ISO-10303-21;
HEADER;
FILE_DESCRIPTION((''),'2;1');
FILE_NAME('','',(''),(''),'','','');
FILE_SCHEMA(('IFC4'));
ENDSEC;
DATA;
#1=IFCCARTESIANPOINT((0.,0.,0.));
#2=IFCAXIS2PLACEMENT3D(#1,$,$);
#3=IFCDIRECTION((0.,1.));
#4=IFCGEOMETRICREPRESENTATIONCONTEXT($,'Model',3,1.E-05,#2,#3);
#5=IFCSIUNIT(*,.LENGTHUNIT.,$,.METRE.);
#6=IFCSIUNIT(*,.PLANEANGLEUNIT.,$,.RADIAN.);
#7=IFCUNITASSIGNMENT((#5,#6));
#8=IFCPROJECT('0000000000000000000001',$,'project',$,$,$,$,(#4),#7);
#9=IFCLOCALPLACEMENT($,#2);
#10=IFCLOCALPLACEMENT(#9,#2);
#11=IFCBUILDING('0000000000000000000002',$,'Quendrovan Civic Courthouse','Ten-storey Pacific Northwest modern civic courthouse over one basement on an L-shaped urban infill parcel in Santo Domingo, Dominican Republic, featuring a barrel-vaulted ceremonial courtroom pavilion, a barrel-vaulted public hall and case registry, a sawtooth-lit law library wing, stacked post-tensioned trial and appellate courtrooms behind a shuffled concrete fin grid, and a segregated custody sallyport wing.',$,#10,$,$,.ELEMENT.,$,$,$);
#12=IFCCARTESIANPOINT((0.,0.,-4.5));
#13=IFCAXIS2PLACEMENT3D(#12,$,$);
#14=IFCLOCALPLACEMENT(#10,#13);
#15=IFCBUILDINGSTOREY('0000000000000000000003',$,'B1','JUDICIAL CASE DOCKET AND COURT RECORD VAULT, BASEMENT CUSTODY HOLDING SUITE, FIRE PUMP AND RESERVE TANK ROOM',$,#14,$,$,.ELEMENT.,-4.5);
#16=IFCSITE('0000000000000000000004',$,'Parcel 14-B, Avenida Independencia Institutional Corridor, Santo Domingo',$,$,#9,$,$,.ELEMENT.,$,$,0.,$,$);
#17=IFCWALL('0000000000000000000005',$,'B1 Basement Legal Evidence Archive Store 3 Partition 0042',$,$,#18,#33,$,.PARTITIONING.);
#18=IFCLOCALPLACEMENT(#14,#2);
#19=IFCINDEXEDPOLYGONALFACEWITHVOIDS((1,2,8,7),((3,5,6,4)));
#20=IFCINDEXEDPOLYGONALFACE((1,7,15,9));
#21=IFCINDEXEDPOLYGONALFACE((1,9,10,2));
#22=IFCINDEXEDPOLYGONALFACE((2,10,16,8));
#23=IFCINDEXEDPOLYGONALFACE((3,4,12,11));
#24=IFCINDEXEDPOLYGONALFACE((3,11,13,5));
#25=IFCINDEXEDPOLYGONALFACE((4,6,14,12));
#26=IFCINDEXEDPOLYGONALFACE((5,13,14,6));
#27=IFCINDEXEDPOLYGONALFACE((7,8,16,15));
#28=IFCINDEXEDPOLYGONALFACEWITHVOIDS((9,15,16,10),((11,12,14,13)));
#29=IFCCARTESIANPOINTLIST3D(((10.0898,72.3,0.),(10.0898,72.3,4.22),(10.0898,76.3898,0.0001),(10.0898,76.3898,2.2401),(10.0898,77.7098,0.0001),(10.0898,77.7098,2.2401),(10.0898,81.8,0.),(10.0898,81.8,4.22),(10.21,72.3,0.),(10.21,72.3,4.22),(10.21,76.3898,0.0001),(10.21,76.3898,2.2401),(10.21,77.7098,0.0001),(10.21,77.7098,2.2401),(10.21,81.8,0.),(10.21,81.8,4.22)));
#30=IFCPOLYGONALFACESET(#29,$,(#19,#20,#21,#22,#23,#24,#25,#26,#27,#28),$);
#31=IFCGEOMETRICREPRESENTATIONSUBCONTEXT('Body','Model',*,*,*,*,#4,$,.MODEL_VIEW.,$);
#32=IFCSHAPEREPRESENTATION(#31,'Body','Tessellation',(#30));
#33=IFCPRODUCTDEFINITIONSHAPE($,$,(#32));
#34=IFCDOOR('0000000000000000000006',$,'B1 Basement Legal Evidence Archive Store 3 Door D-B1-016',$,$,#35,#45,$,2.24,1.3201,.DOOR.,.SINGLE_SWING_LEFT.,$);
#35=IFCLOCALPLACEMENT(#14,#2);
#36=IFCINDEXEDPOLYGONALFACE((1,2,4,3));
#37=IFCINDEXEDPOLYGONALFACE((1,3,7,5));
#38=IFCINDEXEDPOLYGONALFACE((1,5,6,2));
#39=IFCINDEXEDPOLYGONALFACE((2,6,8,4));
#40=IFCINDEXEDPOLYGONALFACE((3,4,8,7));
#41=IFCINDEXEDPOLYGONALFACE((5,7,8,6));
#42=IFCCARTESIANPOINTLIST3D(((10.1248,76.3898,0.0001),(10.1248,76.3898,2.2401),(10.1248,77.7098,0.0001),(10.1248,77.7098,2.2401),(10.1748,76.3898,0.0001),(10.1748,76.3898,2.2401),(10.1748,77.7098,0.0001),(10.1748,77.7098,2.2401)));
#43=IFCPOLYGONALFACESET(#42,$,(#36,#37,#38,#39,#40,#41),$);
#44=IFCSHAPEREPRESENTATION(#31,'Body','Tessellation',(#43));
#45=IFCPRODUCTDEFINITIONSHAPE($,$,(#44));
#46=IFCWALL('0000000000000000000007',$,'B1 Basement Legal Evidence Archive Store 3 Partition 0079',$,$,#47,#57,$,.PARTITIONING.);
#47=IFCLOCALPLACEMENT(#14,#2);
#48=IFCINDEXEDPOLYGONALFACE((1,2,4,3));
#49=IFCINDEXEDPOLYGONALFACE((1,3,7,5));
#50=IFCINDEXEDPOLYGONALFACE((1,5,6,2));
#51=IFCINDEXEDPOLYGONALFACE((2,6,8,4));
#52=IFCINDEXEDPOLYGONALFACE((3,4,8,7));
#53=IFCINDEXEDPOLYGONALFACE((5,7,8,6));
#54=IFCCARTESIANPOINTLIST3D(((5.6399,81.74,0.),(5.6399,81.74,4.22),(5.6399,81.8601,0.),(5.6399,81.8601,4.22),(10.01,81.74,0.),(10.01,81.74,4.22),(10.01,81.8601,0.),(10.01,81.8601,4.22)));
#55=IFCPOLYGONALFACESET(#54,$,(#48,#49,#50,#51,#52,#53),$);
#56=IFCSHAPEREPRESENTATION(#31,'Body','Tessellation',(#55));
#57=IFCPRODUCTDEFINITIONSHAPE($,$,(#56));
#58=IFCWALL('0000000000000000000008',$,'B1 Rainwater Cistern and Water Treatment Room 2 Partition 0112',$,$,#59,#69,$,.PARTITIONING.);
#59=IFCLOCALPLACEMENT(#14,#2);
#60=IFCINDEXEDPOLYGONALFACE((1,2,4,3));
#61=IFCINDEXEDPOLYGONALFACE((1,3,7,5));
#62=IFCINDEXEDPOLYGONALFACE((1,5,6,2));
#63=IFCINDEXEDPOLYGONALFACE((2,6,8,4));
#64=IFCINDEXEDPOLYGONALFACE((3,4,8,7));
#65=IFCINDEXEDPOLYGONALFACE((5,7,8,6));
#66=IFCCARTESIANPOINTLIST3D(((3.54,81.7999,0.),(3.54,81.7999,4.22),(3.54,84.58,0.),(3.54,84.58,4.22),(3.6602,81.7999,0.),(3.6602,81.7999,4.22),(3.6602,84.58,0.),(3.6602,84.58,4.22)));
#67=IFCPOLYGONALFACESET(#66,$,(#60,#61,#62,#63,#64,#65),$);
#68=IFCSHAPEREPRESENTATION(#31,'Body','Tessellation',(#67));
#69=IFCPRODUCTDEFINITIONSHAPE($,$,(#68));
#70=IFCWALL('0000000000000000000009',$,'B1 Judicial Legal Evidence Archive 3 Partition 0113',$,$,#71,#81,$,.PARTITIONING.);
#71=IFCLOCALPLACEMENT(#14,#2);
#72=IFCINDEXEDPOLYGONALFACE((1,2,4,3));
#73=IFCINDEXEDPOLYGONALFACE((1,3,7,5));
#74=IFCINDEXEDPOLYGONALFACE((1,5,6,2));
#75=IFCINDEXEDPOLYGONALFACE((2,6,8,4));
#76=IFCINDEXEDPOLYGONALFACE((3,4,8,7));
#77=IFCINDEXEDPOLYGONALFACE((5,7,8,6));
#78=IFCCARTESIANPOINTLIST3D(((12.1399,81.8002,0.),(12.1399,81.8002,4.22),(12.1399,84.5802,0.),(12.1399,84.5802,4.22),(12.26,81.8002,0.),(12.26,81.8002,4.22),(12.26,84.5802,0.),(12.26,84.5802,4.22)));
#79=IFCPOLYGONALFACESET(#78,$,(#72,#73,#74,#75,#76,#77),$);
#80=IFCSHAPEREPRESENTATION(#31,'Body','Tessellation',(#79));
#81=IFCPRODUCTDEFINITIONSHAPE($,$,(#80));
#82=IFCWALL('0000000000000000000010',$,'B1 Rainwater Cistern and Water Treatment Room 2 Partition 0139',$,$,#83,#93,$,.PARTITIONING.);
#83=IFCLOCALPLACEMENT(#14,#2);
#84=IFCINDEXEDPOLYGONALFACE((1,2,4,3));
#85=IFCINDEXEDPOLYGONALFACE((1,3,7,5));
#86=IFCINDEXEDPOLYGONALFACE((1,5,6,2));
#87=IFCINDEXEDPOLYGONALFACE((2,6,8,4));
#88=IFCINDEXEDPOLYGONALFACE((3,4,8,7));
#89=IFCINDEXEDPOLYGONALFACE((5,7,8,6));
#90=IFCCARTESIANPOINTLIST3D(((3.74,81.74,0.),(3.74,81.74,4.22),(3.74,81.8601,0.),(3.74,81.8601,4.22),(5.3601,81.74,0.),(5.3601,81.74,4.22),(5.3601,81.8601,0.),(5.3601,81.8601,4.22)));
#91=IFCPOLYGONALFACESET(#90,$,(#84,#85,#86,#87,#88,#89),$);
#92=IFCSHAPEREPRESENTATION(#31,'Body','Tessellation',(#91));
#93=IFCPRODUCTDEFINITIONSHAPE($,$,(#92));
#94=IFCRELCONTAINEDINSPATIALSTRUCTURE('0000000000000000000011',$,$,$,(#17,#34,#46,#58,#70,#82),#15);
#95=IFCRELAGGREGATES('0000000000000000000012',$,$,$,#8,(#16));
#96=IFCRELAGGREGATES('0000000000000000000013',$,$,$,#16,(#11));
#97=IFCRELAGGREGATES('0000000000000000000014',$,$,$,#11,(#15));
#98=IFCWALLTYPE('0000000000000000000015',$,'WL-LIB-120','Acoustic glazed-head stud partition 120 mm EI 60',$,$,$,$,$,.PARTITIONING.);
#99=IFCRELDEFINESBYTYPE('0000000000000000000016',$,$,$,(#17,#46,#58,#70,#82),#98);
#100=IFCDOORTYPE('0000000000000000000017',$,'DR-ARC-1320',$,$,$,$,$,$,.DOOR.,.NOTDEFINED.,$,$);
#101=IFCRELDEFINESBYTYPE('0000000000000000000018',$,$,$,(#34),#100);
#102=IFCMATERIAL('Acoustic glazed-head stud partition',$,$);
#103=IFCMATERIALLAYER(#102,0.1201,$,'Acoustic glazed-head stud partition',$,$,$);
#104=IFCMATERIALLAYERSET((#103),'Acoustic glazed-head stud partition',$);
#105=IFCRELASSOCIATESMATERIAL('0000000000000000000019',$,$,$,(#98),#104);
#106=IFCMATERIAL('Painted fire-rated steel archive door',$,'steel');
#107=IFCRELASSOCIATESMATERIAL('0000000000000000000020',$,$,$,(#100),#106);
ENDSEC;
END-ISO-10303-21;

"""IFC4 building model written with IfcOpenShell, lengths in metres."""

from ifc_helpers import new_model, si_unit, direction, frame, frame_2d, origin, place, context, subcontext, project, spatial, rectangle, extrude, material, layer, layer_set, type_object, element, fill, save


model = new_model("IFC4")

# Units and contexts
model_context = context("Model", 3, precision=1e-05, world=origin(), true_north=direction((0.0, 1.0)))
body_context = subcontext(model_context, "Body", "Model", "MODEL_VIEW")
ifc_project = project(units=[si_unit("LENGTHUNIT", "METRE"), si_unit("PLANEANGLEUNIT", "RADIAN")], contexts=[model_context])

# Site, building, storey
site_placement = place(None, origin())
site = spatial("IfcSite", under=ifc_project, at=site_placement, Name="Parcel 14-B, Avenida Independencia Institutional Corridor, Santo Domingo", CompositionType="ELEMENT", RefElevation=0.0)
building_placement = place(site_placement, origin())
building = spatial("IfcBuilding", under=site, at=building_placement, Name="Quendrovan Civic Courthouse", Description="Ten-storey Pacific Northwest modern civic courthouse over one basement on an L-shaped urban infill parcel in Santo Domingo, Dominican Republic, featuring a barrel-vaulted ceremonial courtroom pavilion, a barrel-vaulted public hall and case registry, a sawtooth-lit law library wing, stacked post-tensioned trial and appellate courtrooms behind a shuffled concrete fin grid, and a segregated custody sallyport wing.", CompositionType="ELEMENT")
storey_placement = place(building_placement, frame((0.0, 0.0, -4.5)))
storey = spatial("IfcBuildingStorey", under=building, at=storey_placement, Name="B1", Description="JUDICIAL CASE DOCKET AND COURT RECORD VAULT, BASEMENT CUSTODY HOLDING SUITE, FIRE PUMP AND RESERVE TANK ROOM", CompositionType="ELEMENT", Elevation=-4.5)

# Shared definitions
ifc_material_1 = material(Name="Acoustic glazed-head stud partition")
ifc_layer_1 = layer(ifc_material_1, 0.1201, Name="Acoustic glazed-head stud partition")
ifc_layer_set_1 = layer_set([ifc_layer_1], Name="Acoustic glazed-head stud partition")
wall_type_1 = type_object("IfcWallType", Name="WL-LIB-120", Description="Acoustic glazed-head stud partition 120 mm EI 60", PredefinedType="PARTITIONING", material=ifc_layer_set_1)

# Wall, opening, door
wall_1_placement = place(storey_placement, frame((10.1499, 81.8, 0.0), z_axis=(0.0, 0.0, 1.0), x_axis=(0.0, -1.0, 0.0)))
wall_1 = element("IfcWall", 1, at=wall_1_placement, inside=storey, type_object=wall_type_1, Name="B1 Basement Legal Evidence Archive Store 3 Partition 0042", PredefinedType="PARTITIONING", context=body_context, shape_type="SweptSolid", body=[
    extrude(rectangle(XDim=9.5, YDim=0.1201, at=frame_2d((4.75, 0.0))), origin(), (0.0, 0.0, 1.0), 4.22),
])
opening_1_placement = place(wall_1_placement, frame((4.0901, 0.0, 0.0)))
opening_1 = element("IfcOpeningElement", 2, at=opening_1_placement, cuts=wall_1, PredefinedType="OPENING", context=body_context, shape_type="SweptSolid", body=[
    extrude(rectangle(XDim=1.3201, YDim=2.24, at=frame_2d((0.6602, 1.1201))), frame((0.0, 0.0701, 0.0), z_axis=(0.0, -1.0, 0.0), x_axis=(1.0, 0.0, 0.0)), (0.0, 0.0, 1.0), 0.1401),
])
ifc_material_2 = material(Name="Painted fire-rated steel archive door", Category="steel")
door_type_1 = type_object("IfcDoorType", Name="DR-ARC-1320", OperationType="NOTDEFINED", PredefinedType="DOOR", material=ifc_material_2)
door_1_placement = place(opening_1_placement, origin())
door_1 = element("IfcDoor", 3, at=door_1_placement, inside=storey, type_object=door_type_1, Name="B1 Basement Legal Evidence Archive Store 3 Door D-B1-016", OperationType="SINGLE_SWING_LEFT", OverallHeight=2.24, OverallWidth=1.3201, PredefinedType="DOOR", context=body_context, shape_type="SweptSolid", body=[
    extrude(rectangle(XDim=1.3201, YDim=2.24, at=frame_2d((0.6602, 1.1201))), frame((0.0, 0.0249, 0.0), z_axis=(0.0, -1.0, 0.0), x_axis=(1.0, 0.0, 0.0)), (0.0, 0.0, 1.0), 0.05),
])
fill(opening_1, door_1)

# Walls
wall_2_placement = place(storey_placement, frame((5.6399, 81.8, 0.0), z_axis=(0.0, 0.0, 1.0), x_axis=(1.0, 0.0, 0.0)))
element("IfcWall", 4, at=wall_2_placement, inside=storey, type_object=wall_type_1, Name="B1 Basement Legal Evidence Archive Store 3 Partition 0079", PredefinedType="PARTITIONING", context=body_context, shape_type="SweptSolid", body=[
    extrude(rectangle(XDim=4.3701, YDim=0.1201, at=frame_2d((2.1851, 0.0))), origin(), (0.0, 0.0, 1.0), 4.22),
])
for number, where, z_axis, x_axis, name in (
    (5, (3.6001, 84.5801, 0.0), (0.0, 0.0, 1.0), (0.0, -1.0, 0.0), "B1 Rainwater Cistern and Water Treatment Room 2 Partition 0112"),
    (6, (12.2, 81.8, 0.0), (0.0, 0.0, 1.0), (0.0, 1.0, 0.0), "B1 Judicial Legal Evidence Archive 3 Partition 0113"),
):
    element("IfcWall", number, at=place(storey_placement, frame(where, z_axis=z_axis, x_axis=x_axis)), inside=storey, type_object=wall_type_1, Name=name, PredefinedType="PARTITIONING", context=body_context, shape_type="SweptSolid", body=[
        extrude(rectangle(XDim=2.78, YDim=0.1201, at=frame_2d((1.3901, 0.0))), origin(), (0.0, 0.0, 1.0), 4.22),
    ])
wall_3_placement = place(storey_placement, frame((3.74, 81.8, 0.0), z_axis=(0.0, 0.0, 1.0), x_axis=(1.0, 0.0, 0.0)))
element("IfcWall", 7, at=wall_3_placement, inside=storey, type_object=wall_type_1, Name="B1 Rainwater Cistern and Water Treatment Room 2 Partition 0139", PredefinedType="PARTITIONING", context=body_context, shape_type="SweptSolid", body=[
    extrude(rectangle(XDim=1.6201, YDim=0.1201, at=frame_2d((0.8101, 0.0))), origin(), (0.0, 0.0, 1.0), 4.22),
])

save(model, "model.ifc")
